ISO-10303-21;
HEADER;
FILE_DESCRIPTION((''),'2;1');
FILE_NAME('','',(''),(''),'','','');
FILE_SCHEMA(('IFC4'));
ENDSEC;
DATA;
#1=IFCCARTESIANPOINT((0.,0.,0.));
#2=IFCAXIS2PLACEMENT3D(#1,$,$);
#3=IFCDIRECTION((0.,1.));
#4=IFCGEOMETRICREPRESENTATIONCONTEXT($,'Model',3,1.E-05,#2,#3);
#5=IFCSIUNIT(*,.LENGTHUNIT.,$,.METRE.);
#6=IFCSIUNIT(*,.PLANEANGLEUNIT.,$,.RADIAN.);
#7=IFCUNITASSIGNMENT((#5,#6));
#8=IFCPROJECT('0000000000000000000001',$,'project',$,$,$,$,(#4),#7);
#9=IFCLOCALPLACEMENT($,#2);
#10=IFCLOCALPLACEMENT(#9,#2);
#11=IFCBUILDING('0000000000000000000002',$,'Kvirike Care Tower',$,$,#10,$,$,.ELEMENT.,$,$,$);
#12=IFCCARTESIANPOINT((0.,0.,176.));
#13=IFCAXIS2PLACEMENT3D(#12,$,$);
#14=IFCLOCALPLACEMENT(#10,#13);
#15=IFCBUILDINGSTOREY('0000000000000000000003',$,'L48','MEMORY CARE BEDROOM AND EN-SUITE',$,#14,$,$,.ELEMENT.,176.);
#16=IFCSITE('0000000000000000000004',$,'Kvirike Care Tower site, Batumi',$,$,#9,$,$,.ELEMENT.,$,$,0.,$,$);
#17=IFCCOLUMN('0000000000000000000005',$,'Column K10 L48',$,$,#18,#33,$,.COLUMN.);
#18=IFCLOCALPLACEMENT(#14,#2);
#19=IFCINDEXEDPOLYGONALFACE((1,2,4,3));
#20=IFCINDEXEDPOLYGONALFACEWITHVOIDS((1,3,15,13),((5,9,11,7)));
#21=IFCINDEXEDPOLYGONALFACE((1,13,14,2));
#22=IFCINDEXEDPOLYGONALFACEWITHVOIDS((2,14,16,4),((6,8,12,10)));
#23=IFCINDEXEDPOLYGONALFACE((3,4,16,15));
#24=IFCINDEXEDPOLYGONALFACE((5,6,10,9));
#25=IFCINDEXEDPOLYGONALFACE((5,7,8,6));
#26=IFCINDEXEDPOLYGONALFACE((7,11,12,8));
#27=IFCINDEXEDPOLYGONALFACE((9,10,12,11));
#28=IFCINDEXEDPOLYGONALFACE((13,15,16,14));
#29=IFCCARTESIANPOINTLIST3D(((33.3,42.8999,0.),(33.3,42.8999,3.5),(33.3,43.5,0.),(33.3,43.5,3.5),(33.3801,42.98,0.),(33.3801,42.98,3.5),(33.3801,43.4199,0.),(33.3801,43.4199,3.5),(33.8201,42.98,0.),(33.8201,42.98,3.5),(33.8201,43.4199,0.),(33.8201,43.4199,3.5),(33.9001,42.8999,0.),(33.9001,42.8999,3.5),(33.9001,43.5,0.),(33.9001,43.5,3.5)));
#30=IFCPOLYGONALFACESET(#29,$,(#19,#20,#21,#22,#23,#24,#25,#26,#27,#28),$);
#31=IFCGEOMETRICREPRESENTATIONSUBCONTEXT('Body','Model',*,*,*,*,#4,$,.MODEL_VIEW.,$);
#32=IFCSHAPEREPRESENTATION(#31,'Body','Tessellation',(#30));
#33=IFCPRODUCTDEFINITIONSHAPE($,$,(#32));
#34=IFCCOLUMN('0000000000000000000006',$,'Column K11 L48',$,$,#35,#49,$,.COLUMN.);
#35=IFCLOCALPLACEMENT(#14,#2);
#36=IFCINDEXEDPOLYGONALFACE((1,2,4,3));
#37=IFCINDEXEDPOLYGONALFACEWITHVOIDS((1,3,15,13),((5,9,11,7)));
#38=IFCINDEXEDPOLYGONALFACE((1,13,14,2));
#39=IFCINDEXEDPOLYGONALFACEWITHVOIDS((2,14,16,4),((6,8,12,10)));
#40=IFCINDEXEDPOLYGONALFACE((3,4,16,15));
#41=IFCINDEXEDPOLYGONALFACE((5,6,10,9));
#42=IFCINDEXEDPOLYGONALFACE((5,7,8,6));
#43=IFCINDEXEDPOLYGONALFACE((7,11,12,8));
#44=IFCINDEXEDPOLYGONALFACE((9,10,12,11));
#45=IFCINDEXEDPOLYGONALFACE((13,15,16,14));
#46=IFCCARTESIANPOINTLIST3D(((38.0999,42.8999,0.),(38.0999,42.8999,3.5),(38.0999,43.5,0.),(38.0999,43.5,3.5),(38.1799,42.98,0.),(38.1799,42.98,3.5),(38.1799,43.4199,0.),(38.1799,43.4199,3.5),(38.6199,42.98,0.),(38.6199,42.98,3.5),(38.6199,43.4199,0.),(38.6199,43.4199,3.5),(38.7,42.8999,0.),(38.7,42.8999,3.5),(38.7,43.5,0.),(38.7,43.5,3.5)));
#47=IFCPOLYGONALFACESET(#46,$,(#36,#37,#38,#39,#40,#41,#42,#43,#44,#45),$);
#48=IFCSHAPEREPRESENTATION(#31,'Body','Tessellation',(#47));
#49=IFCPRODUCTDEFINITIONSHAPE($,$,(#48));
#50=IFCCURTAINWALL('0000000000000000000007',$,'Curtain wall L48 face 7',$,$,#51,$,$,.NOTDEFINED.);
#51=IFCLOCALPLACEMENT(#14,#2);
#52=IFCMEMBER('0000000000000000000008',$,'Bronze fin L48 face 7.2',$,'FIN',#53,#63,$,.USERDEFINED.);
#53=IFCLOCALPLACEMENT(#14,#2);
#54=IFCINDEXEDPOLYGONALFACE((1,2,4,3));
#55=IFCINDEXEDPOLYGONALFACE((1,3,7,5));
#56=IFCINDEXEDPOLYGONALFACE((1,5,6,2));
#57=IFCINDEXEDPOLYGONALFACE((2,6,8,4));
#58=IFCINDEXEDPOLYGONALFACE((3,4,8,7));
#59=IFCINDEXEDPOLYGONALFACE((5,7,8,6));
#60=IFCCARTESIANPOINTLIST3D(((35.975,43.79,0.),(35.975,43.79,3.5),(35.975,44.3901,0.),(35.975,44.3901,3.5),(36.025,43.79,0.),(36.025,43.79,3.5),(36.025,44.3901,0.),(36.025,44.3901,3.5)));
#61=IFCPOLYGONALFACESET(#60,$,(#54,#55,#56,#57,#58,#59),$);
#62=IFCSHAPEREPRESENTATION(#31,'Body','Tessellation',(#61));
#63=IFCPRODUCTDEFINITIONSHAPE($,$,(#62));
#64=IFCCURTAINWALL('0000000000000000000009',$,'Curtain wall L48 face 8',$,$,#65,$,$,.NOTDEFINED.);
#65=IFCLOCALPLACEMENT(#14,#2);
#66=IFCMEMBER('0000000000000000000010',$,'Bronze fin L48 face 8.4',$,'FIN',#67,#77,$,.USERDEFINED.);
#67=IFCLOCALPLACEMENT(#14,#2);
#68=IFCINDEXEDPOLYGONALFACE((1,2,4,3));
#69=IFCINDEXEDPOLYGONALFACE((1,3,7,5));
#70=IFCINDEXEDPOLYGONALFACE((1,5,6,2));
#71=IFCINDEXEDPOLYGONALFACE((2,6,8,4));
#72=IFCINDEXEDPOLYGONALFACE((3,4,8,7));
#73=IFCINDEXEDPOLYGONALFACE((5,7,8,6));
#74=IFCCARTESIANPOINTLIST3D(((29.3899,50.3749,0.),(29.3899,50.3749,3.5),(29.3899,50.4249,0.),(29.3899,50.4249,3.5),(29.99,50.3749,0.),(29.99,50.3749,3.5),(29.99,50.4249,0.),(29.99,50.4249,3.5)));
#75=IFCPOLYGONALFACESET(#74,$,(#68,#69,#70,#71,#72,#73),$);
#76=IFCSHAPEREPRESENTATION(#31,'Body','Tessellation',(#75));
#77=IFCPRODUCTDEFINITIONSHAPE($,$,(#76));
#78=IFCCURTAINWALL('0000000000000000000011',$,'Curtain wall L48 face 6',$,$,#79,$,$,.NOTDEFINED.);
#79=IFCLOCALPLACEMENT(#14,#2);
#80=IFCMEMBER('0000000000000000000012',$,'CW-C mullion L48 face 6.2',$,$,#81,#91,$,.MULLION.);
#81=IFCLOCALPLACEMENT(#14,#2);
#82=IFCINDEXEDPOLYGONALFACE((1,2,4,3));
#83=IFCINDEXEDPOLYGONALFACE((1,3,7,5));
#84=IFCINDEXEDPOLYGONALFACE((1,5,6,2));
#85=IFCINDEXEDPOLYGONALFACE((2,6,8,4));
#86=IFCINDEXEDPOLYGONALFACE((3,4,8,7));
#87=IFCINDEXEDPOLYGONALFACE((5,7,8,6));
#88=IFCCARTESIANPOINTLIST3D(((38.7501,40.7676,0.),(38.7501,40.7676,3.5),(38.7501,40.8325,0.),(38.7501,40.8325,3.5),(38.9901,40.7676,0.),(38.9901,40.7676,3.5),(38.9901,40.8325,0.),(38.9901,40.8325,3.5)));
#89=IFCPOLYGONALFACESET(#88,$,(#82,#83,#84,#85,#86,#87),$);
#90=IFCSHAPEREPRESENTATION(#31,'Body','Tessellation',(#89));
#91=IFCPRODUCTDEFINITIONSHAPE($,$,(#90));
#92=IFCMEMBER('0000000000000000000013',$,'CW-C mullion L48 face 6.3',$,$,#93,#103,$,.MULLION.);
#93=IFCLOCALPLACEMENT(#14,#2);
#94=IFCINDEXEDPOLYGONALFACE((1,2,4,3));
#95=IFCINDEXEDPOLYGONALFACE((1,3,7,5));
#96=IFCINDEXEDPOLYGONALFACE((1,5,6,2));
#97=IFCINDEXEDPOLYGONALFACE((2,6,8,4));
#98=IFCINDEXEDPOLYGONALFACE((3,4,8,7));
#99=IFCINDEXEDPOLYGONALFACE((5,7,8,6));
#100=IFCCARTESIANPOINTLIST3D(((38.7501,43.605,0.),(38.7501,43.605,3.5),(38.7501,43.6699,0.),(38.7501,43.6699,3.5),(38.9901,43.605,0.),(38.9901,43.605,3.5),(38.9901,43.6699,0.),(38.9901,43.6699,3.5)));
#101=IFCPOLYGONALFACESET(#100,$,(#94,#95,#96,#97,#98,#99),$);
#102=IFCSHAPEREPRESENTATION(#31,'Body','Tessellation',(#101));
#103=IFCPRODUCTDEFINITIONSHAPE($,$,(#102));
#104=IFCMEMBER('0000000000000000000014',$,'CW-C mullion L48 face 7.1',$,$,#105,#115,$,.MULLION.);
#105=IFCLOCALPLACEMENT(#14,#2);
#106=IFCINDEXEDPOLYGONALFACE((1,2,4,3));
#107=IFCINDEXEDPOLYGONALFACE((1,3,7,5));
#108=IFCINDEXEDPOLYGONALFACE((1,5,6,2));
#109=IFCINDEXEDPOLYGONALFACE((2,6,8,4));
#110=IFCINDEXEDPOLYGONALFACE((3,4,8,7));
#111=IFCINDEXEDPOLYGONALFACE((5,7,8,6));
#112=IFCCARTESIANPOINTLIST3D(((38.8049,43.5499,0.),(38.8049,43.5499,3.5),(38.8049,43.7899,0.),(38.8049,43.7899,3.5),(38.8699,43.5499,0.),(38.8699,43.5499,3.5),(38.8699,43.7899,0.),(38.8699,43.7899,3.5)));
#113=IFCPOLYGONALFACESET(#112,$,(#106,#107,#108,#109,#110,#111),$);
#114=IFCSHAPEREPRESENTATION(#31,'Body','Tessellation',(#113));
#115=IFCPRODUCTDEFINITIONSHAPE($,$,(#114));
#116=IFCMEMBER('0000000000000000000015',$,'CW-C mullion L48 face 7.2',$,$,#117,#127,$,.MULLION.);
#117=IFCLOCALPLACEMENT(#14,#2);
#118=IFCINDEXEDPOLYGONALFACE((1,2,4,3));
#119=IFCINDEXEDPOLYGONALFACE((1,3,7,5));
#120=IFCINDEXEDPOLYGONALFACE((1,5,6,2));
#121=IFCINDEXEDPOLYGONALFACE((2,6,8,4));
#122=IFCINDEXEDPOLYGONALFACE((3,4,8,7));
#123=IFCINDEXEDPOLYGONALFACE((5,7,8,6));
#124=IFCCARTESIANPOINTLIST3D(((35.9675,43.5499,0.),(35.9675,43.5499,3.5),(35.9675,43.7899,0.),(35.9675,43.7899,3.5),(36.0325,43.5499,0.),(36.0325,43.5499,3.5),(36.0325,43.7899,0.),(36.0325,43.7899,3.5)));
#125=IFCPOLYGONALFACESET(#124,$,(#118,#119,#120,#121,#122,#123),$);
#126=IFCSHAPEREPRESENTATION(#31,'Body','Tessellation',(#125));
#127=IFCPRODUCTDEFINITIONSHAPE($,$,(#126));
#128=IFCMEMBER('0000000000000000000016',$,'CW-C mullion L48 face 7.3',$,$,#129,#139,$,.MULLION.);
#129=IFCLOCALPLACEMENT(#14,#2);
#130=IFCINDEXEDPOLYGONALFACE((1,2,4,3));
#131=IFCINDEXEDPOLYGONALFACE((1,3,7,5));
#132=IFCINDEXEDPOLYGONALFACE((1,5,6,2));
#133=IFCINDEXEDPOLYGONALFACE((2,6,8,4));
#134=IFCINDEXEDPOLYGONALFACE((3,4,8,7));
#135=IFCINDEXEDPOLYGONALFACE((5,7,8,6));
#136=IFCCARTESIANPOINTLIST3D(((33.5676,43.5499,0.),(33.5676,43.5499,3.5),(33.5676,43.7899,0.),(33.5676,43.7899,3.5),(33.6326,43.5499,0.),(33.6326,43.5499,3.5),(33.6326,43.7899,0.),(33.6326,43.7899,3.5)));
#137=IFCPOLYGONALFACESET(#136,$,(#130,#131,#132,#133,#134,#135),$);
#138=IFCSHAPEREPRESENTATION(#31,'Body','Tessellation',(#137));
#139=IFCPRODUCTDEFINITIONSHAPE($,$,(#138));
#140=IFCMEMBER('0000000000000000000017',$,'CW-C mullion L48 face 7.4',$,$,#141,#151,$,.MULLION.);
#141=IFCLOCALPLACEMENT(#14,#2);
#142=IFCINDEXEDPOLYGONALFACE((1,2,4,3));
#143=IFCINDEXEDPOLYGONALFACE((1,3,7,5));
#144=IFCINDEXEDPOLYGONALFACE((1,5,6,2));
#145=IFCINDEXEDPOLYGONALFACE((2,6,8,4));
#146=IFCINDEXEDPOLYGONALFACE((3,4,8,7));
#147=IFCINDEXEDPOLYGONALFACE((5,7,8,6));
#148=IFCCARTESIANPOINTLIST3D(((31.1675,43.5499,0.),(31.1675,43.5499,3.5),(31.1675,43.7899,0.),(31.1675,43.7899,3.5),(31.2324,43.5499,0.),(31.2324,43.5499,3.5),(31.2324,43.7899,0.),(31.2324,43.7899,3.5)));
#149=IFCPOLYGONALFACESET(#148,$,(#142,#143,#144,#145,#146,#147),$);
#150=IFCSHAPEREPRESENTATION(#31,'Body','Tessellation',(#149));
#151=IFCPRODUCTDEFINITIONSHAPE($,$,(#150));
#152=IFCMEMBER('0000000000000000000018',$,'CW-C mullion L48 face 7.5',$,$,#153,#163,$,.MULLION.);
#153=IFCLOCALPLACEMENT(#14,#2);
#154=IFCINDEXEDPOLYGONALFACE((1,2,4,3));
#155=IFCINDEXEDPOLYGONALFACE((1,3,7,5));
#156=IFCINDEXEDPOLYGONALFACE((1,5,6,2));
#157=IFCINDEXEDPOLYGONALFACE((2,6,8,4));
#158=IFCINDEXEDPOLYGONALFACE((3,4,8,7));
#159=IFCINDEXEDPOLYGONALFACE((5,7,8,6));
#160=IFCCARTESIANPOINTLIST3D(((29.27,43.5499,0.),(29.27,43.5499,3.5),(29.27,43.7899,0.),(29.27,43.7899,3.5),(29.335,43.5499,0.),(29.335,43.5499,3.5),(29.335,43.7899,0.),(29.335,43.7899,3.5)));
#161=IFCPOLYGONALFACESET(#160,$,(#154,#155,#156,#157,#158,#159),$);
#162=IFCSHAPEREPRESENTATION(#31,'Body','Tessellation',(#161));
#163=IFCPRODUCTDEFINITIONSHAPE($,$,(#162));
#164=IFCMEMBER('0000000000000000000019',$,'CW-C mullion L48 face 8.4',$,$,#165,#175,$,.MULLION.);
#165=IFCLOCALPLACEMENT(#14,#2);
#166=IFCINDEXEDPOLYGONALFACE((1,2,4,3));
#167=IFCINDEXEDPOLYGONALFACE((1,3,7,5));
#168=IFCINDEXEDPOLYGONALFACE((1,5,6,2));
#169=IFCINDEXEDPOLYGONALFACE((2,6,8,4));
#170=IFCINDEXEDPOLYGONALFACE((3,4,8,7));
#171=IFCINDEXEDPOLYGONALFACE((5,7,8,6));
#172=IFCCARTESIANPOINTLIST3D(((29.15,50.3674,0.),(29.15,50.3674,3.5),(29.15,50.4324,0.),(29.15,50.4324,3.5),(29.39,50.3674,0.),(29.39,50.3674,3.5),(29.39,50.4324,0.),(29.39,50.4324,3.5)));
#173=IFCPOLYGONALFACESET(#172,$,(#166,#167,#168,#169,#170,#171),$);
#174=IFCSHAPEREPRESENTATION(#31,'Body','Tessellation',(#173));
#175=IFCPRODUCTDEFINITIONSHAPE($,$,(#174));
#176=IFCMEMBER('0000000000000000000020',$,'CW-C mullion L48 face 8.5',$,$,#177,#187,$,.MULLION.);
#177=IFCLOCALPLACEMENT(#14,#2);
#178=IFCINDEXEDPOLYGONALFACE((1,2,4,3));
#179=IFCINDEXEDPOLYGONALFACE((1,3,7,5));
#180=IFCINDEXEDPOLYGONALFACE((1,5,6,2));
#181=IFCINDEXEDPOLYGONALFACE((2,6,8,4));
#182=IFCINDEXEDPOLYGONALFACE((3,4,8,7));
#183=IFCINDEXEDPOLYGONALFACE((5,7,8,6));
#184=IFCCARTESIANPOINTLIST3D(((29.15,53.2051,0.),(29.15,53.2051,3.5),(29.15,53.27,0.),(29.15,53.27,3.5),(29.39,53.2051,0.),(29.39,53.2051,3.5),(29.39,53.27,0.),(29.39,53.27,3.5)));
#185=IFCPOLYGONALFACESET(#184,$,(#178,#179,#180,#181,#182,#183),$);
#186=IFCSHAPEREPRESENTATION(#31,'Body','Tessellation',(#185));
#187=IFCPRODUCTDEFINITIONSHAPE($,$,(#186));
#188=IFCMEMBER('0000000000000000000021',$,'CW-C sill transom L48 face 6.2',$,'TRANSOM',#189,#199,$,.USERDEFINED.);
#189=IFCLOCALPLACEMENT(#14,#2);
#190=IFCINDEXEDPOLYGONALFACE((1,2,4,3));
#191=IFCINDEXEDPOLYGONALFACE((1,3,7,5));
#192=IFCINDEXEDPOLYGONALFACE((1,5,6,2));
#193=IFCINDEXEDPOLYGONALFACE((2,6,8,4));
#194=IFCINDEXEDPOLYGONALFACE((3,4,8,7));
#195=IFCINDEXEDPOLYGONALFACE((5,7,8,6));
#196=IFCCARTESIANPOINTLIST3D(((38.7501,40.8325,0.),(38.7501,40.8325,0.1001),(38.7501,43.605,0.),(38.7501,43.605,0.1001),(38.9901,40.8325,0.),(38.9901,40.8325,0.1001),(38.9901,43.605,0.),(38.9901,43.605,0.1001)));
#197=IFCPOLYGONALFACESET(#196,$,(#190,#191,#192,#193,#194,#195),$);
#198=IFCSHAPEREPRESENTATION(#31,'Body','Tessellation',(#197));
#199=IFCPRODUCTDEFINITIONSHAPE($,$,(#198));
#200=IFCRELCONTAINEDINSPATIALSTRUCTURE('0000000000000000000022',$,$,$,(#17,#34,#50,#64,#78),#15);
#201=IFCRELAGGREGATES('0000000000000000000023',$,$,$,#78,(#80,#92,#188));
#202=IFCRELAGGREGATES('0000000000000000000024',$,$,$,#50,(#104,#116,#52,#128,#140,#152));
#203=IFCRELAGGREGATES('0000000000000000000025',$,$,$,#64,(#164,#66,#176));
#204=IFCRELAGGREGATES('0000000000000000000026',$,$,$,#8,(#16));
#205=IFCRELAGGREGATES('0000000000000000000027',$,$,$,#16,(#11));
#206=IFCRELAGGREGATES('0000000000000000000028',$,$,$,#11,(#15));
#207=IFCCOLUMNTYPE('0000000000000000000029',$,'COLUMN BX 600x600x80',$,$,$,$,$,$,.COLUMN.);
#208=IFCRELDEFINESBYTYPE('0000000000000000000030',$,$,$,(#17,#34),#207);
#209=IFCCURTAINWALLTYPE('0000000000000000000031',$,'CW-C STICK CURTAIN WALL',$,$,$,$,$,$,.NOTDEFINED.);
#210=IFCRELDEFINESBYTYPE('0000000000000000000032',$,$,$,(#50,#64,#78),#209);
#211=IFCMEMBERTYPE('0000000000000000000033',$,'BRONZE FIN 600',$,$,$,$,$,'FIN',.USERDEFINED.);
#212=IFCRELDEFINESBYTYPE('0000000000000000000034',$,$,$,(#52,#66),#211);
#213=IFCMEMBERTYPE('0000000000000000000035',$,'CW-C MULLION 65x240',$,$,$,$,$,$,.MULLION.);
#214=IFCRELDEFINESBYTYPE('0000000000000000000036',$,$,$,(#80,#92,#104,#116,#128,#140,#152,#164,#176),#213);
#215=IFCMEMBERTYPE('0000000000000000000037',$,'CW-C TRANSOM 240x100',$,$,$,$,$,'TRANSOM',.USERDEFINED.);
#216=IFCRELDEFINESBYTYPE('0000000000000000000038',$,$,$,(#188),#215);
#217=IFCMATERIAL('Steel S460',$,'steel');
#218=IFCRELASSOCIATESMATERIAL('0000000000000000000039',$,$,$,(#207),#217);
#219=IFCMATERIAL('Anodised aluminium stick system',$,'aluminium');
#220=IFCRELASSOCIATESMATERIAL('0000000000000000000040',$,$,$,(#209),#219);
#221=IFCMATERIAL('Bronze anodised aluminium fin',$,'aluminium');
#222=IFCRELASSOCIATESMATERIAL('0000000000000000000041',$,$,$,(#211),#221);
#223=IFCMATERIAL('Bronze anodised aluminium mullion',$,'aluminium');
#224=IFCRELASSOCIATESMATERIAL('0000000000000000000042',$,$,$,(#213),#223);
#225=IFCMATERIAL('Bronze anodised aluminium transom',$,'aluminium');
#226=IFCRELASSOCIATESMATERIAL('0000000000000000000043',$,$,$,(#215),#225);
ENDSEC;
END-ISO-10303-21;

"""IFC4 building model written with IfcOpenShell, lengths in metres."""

from ifc_helpers import new_model, si_unit, direction, frame, origin, origin_2d, place, context, subcontext, project, spatial, rectangle, hollow_rectangle, extrude, material, material_profile, profile_set, type_object, element, aggregate, save


model = new_model("IFC4")

# Units and contexts
model_context = context("Model", 3, precision=1e-05, world=origin(), true_north=direction((0.0, 1.0)))
body_context = subcontext(model_context, "Body", "Model", "MODEL_VIEW")
ifc_project = project(units=[si_unit("LENGTHUNIT", "METRE"), si_unit("PLANEANGLEUNIT", "RADIAN")], contexts=[model_context])

# Site, building, storey
site_placement = place(None, origin())
site = spatial("IfcSite", under=ifc_project, at=site_placement, Name="Kvirike Care Tower site, Batumi", CompositionType="ELEMENT", RefElevation=0.0)
building_placement = place(site_placement, origin())
building = spatial("IfcBuilding", under=site, at=building_placement, Name="Kvirike Care Tower", CompositionType="ELEMENT")
storey_placement = place(building_placement, frame((0.0, 0.0, 176.0)))
storey = spatial("IfcBuildingStorey", under=building, at=storey_placement, Name="L48", Description="MEMORY CARE BEDROOM AND EN-SUITE", CompositionType="ELEMENT", Elevation=176.0)

# Columns
ifc_material_1 = material(Name="Steel S460", Category="steel")
ifc_material_profile_1 = material_profile(ifc_material_1, hollow_rectangle(XDim=0.6001, YDim=0.6001, WallThickness=0.0801, at=origin_2d()), Name="BX 600x600x80")
ifc_profile_set_1 = profile_set([ifc_material_profile_1], Name="Steel S460")
column_type = type_object("IfcColumnType", Name="COLUMN BX 600x600x80", PredefinedType="COLUMN", material=ifc_profile_set_1)
for number, where, z_axis, x_axis, name in (
    (1, (33.6001, 43.2, 0.0), (0.0, 0.0, 1.0), (0.0, 1.0, 0.0), "Column K10 L48"),
    (2, (38.3999, 43.2, 0.0), (0.0, 0.0, 1.0), (0.0, 1.0, 0.0), "Column K11 L48"),
):
    element("IfcColumn", number, at=place(storey_placement, frame(where, z_axis=z_axis, x_axis=x_axis)), inside=storey, type_object=column_type, Name=name, PredefinedType="COLUMN", context=body_context, shape_type="SweptSolid", body=[
        extrude(hollow_rectangle(XDim=0.6001, YDim=0.6001, WallThickness=0.0801, at=origin_2d()), origin(), (0.0, 0.0, 1.0), 3.5),
    ])

# Curtain walls, members
ifc_material_2 = material(Name="Anodised aluminium stick system", Category="aluminium")
curtain_wall_type = type_object("IfcCurtainWallType", Name="CW-C STICK CURTAIN WALL", PredefinedType="NOTDEFINED", material=ifc_material_2)
curtain_wall_1_placement = place(storey_placement, origin())
curtain_wall_1 = element("IfcCurtainWall", 3, at=curtain_wall_1_placement, inside=storey, type_object=curtain_wall_type, Name="Curtain wall L48 face 7", PredefinedType="NOTDEFINED")
ifc_material_3 = material(Name="Bronze anodised aluminium fin", Category="aluminium")
ifc_material_profile_2 = material_profile(ifc_material_3, rectangle(XDim=0.05, YDim=0.6001, at=origin_2d()), Name="BRONZE FIN 600")
ifc_profile_set_2 = profile_set([ifc_material_profile_2], Name="Bronze anodised aluminium fin")
member_type_1 = type_object("IfcMemberType", Name="BRONZE FIN 600", ElementType="FIN", PredefinedType="USERDEFINED", material=ifc_profile_set_2)
member_1_placement = place(storey_placement, frame((36.0, 44.0901, 0.0), z_axis=(0.0, 0.0, 1.0), x_axis=(-1.0, 0.0, 0.0)))
member_1 = element("IfcMember", 4, at=member_1_placement, type_object=member_type_1, Name="Bronze fin L48 face 7.2", ObjectType="FIN", PredefinedType="USERDEFINED", context=body_context, shape_type="SweptSolid", body=[
    extrude(rectangle(XDim=0.05, YDim=0.6001, at=origin_2d()), origin(), (0.0, 0.0, 1.0), 3.5),
])
curtain_wall_2_placement = place(storey_placement, origin())
curtain_wall_2 = element("IfcCurtainWall", 5, at=curtain_wall_2_placement, inside=storey, type_object=curtain_wall_type, Name="Curtain wall L48 face 8", PredefinedType="NOTDEFINED")
member_2_placement = place(storey_placement, frame((29.6899, 50.3999, 0.0), z_axis=(0.0, 0.0, 1.0), x_axis=(0.0, 1.0, 0.0)))
member_2 = element("IfcMember", 6, at=member_2_placement, type_object=member_type_1, Name="Bronze fin L48 face 8.4", ObjectType="FIN", PredefinedType="USERDEFINED", context=body_context, shape_type="SweptSolid", body=[
    extrude(rectangle(XDim=0.05, YDim=0.6001, at=origin_2d()), origin(), (0.0, 0.0, 1.0), 3.5),
])

# Curtain wall, members
curtain_wall_3_placement = place(storey_placement, origin())
curtain_wall_3 = element("IfcCurtainWall", 7, at=curtain_wall_3_placement, inside=storey, type_object=curtain_wall_type, Name="Curtain wall L48 face 6", PredefinedType="NOTDEFINED")
ifc_material_4 = material(Name="Bronze anodised aluminium mullion", Category="aluminium")
ifc_material_profile_3 = material_profile(ifc_material_4, rectangle(XDim=0.0649, YDim=0.24, at=origin_2d()), Name="CW-C MULLION 65x240")
ifc_profile_set_3 = profile_set([ifc_material_profile_3], Name="Bronze anodised aluminium mullion")
member_type_2 = type_object("IfcMemberType", Name="CW-C MULLION 65x240", PredefinedType="MULLION", material=ifc_profile_set_3)
member_3_placement = place(storey_placement, frame((38.8701, 40.8, 0.0), z_axis=(0.0, 0.0, 1.0), x_axis=(0.0, 1.0, 0.0)))
member_3 = element("IfcMember", 8, at=member_3_placement, type_object=member_type_2, Name="CW-C mullion L48 face 6.2", PredefinedType="MULLION", context=body_context, shape_type="SweptSolid", body=[
    extrude(rectangle(XDim=0.0649, YDim=0.24, at=origin_2d()), origin(), (0.0, 0.0, 1.0), 3.5),
])
member_4_placement = place(storey_placement, frame((38.8701, 43.6375, 0.0), z_axis=(0.0, 0.0, 1.0), x_axis=(0.0, 1.0, 0.0)))
member_4 = element("IfcMember", 9, at=member_4_placement, type_object=member_type_2, Name="CW-C mullion L48 face 6.3", PredefinedType="MULLION", context=body_context, shape_type="SweptSolid", body=[
    extrude(rectangle(XDim=0.0649, YDim=0.24, at=origin_2d()), origin(), (0.0, 0.0, 1.0), 3.5),
])

# Members
member_5_placement = place(storey_placement, frame((38.8374, 43.6699, 0.0), z_axis=(0.0, 0.0, 1.0), x_axis=(-1.0, 0.0, 0.0)))
member_5 = element("IfcMember", 10, at=member_5_placement, type_object=member_type_2, Name="CW-C mullion L48 face 7.1", PredefinedType="MULLION", context=body_context, shape_type="SweptSolid", body=[
    extrude(rectangle(XDim=0.0649, YDim=0.24, at=origin_2d()), origin(), (0.0, 0.0, 1.0), 3.5),
])
member_6_placement = place(storey_placement, frame((36.0, 43.6699, 0.0), z_axis=(0.0, 0.0, 1.0), x_axis=(-1.0, 0.0, 0.0)))
member_6 = element("IfcMember", 11, at=member_6_placement, type_object=member_type_2, Name="CW-C mullion L48 face 7.2", PredefinedType="MULLION", context=body_context, shape_type="SweptSolid", body=[
    extrude(rectangle(XDim=0.0649, YDim=0.24, at=origin_2d()), origin(), (0.0, 0.0, 1.0), 3.5),
])
member_7_placement = place(storey_placement, frame((33.6001, 43.6699, 0.0), z_axis=(0.0, 0.0, 1.0), x_axis=(-1.0, 0.0, 0.0)))
member_7 = element("IfcMember", 12, at=member_7_placement, type_object=member_type_2, Name="CW-C mullion L48 face 7.3", PredefinedType="MULLION", context=body_context, shape_type="SweptSolid", body=[
    extrude(rectangle(XDim=0.0649, YDim=0.24, at=origin_2d()), origin(), (0.0, 0.0, 1.0), 3.5),
])
member_8_placement = place(storey_placement, frame((31.2, 43.6699, 0.0), z_axis=(0.0, 0.0, 1.0), x_axis=(-1.0, 0.0, 0.0)))
member_8 = element("IfcMember", 13, at=member_8_placement, type_object=member_type_2, Name="CW-C mullion L48 face 7.4", PredefinedType="MULLION", context=body_context, shape_type="SweptSolid", body=[
    extrude(rectangle(XDim=0.0649, YDim=0.24, at=origin_2d()), origin(), (0.0, 0.0, 1.0), 3.5),
])
member_9_placement = place(storey_placement, frame((29.3025, 43.6699, 0.0), z_axis=(0.0, 0.0, 1.0), x_axis=(-1.0, 0.0, 0.0)))
member_9 = element("IfcMember", 14, at=member_9_placement, type_object=member_type_2, Name="CW-C mullion L48 face 7.5", PredefinedType="MULLION", context=body_context, shape_type="SweptSolid", body=[
    extrude(rectangle(XDim=0.0649, YDim=0.24, at=origin_2d()), origin(), (0.0, 0.0, 1.0), 3.5),
])
member_10_placement = place(storey_placement, frame((29.27, 50.3999, 0.0), z_axis=(0.0, 0.0, 1.0), x_axis=(0.0, 1.0, 0.0)))
member_10 = element("IfcMember", 15, at=member_10_placement, type_object=member_type_2, Name="CW-C mullion L48 face 8.4", PredefinedType="MULLION", context=body_context, shape_type="SweptSolid", body=[
    extrude(rectangle(XDim=0.0649, YDim=0.24, at=origin_2d()), origin(), (0.0, 0.0, 1.0), 3.5),
])
member_11_placement = place(storey_placement, frame((29.27, 53.2375, 0.0), z_axis=(0.0, 0.0, 1.0), x_axis=(0.0, 1.0, 0.0)))
member_11 = element("IfcMember", 16, at=member_11_placement, type_object=member_type_2, Name="CW-C mullion L48 face 8.5", PredefinedType="MULLION", context=body_context, shape_type="SweptSolid", body=[
    extrude(rectangle(XDim=0.0649, YDim=0.24, at=origin_2d()), origin(), (0.0, 0.0, 1.0), 3.5),
])
ifc_material_5 = material(Name="Bronze anodised aluminium transom", Category="aluminium")
ifc_material_profile_4 = material_profile(ifc_material_5, rectangle(XDim=0.24, YDim=0.1001, at=origin_2d()), Name="CW-C TRANSOM 240x100")
ifc_profile_set_4 = profile_set([ifc_material_profile_4], Name="Bronze anodised aluminium transom")
member_type_3 = type_object("IfcMemberType", Name="CW-C TRANSOM 240x100", ElementType="TRANSOM", PredefinedType="USERDEFINED", material=ifc_profile_set_4)
member_12_placement = place(storey_placement, frame((38.8701, 40.8325, 0.05), z_axis=(0.0, 1.0, 0.0), x_axis=(-1.0, 0.0, 0.0)))
member_12 = element("IfcMember", 17, at=member_12_placement, type_object=member_type_3, Name="CW-C sill transom L48 face 6.2", ObjectType="TRANSOM", PredefinedType="USERDEFINED", context=body_context, shape_type="SweptSolid", body=[
    extrude(rectangle(XDim=0.24, YDim=0.1001, at=origin_2d()), origin(), (0.0, 0.0, 1.0), 2.7725),
])

aggregate(curtain_wall_3, [member_3, member_4, member_12])
aggregate(curtain_wall_1, [member_5, member_6, member_1, member_7, member_8, member_9])
aggregate(curtain_wall_2, [member_10, member_2, member_11])

save(model, "model.ifc")
